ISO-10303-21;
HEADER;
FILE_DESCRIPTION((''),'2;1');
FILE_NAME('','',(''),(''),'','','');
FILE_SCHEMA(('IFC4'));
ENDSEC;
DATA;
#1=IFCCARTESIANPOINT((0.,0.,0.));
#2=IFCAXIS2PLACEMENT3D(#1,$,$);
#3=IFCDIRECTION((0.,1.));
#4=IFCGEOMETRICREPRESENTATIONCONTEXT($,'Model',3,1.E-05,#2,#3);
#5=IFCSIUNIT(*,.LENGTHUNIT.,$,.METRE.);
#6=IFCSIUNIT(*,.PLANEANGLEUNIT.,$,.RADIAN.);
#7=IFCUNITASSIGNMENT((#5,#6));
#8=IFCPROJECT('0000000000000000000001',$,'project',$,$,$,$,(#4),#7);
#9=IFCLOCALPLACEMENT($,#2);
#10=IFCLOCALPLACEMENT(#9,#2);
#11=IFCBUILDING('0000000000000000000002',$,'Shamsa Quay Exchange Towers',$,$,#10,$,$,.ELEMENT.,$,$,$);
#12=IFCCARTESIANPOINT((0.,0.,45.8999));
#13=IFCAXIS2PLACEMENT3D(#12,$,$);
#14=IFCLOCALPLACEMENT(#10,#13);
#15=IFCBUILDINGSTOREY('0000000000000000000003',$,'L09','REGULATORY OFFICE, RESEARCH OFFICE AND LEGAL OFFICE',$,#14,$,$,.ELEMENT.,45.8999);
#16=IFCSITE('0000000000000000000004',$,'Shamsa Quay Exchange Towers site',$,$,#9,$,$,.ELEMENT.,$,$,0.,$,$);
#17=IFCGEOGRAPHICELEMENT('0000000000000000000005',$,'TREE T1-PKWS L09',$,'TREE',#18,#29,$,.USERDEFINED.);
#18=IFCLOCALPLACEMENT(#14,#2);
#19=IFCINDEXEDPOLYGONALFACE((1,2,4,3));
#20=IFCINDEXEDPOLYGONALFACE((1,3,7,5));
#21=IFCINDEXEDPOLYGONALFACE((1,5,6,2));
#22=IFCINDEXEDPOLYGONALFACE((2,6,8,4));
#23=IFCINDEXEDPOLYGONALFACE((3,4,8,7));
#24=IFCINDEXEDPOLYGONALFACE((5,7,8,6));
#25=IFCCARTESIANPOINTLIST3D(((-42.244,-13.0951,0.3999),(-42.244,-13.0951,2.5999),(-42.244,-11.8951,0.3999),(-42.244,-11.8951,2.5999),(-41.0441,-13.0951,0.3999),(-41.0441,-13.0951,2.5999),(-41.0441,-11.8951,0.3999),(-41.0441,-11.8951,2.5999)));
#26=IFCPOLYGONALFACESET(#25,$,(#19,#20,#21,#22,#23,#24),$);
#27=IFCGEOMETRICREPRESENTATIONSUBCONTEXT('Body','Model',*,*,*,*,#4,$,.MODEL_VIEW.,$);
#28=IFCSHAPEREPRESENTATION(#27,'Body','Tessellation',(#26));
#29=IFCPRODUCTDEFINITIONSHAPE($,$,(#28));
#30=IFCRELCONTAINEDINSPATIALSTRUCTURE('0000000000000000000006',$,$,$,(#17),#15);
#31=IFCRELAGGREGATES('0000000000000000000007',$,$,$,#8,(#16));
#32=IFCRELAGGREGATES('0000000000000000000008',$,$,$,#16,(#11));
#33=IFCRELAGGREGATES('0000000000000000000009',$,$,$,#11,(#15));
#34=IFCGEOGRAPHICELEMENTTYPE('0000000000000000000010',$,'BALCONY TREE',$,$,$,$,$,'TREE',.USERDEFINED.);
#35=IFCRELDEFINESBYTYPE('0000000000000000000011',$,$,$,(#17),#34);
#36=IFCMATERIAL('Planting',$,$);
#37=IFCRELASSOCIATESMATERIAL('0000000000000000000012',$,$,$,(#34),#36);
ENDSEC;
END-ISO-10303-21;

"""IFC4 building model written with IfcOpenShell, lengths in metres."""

from ifc_helpers import new_model, si_unit, direction, frame, origin, origin_2d, place, context, subcontext, project, spatial, rectangle, extrude, material, type_object, element, save


model = new_model("IFC4")

# Units and contexts
model_context = context("Model", 3, precision=1e-05, world=origin(), true_north=direction((0.0, 1.0)))
body_context = subcontext(model_context, "Body", "Model", "MODEL_VIEW")
ifc_project = project(units=[si_unit("LENGTHUNIT", "METRE"), si_unit("PLANEANGLEUNIT", "RADIAN")], contexts=[model_context])

# Site, building, storey
site_placement = place(None, origin())
site = spatial("IfcSite", under=ifc_project, at=site_placement, Name="Shamsa Quay Exchange Towers site", CompositionType="ELEMENT", RefElevation=0.0)
building_placement = place(site_placement, origin())
building = spatial("IfcBuilding", under=site, at=building_placement, Name="Shamsa Quay Exchange Towers", CompositionType="ELEMENT")
storey_placement = place(building_placement, frame((0.0, 0.0, 45.8999)))
storey = spatial("IfcBuildingStorey", under=building, at=storey_placement, Name="L09", Description="REGULATORY OFFICE, RESEARCH OFFICE AND LEGAL OFFICE", CompositionType="ELEMENT", Elevation=45.8999)

# Geographic element
ifc_material_1 = material(Name="Planting")
geographic_element_type = type_object("IfcGeographicElementType", Name="BALCONY TREE", ElementType="TREE", PredefinedType="USERDEFINED", material=ifc_material_1)
geographic_element_placement = place(storey_placement, frame((-41.644, -12.4951, 0.3999)))
element("IfcGeographicElement", 1, at=geographic_element_placement, inside=storey, type_object=geographic_element_type, Name="TREE T1-PKWS L09", ObjectType="TREE", PredefinedType="USERDEFINED", context=body_context, shape_type="SweptSolid", body=[
    extrude(rectangle(XDim=1.2, YDim=1.2, at=origin_2d()), origin(), (0.0, 0.0, 1.0), 2.2),
])

save(model, "model.ifc")
